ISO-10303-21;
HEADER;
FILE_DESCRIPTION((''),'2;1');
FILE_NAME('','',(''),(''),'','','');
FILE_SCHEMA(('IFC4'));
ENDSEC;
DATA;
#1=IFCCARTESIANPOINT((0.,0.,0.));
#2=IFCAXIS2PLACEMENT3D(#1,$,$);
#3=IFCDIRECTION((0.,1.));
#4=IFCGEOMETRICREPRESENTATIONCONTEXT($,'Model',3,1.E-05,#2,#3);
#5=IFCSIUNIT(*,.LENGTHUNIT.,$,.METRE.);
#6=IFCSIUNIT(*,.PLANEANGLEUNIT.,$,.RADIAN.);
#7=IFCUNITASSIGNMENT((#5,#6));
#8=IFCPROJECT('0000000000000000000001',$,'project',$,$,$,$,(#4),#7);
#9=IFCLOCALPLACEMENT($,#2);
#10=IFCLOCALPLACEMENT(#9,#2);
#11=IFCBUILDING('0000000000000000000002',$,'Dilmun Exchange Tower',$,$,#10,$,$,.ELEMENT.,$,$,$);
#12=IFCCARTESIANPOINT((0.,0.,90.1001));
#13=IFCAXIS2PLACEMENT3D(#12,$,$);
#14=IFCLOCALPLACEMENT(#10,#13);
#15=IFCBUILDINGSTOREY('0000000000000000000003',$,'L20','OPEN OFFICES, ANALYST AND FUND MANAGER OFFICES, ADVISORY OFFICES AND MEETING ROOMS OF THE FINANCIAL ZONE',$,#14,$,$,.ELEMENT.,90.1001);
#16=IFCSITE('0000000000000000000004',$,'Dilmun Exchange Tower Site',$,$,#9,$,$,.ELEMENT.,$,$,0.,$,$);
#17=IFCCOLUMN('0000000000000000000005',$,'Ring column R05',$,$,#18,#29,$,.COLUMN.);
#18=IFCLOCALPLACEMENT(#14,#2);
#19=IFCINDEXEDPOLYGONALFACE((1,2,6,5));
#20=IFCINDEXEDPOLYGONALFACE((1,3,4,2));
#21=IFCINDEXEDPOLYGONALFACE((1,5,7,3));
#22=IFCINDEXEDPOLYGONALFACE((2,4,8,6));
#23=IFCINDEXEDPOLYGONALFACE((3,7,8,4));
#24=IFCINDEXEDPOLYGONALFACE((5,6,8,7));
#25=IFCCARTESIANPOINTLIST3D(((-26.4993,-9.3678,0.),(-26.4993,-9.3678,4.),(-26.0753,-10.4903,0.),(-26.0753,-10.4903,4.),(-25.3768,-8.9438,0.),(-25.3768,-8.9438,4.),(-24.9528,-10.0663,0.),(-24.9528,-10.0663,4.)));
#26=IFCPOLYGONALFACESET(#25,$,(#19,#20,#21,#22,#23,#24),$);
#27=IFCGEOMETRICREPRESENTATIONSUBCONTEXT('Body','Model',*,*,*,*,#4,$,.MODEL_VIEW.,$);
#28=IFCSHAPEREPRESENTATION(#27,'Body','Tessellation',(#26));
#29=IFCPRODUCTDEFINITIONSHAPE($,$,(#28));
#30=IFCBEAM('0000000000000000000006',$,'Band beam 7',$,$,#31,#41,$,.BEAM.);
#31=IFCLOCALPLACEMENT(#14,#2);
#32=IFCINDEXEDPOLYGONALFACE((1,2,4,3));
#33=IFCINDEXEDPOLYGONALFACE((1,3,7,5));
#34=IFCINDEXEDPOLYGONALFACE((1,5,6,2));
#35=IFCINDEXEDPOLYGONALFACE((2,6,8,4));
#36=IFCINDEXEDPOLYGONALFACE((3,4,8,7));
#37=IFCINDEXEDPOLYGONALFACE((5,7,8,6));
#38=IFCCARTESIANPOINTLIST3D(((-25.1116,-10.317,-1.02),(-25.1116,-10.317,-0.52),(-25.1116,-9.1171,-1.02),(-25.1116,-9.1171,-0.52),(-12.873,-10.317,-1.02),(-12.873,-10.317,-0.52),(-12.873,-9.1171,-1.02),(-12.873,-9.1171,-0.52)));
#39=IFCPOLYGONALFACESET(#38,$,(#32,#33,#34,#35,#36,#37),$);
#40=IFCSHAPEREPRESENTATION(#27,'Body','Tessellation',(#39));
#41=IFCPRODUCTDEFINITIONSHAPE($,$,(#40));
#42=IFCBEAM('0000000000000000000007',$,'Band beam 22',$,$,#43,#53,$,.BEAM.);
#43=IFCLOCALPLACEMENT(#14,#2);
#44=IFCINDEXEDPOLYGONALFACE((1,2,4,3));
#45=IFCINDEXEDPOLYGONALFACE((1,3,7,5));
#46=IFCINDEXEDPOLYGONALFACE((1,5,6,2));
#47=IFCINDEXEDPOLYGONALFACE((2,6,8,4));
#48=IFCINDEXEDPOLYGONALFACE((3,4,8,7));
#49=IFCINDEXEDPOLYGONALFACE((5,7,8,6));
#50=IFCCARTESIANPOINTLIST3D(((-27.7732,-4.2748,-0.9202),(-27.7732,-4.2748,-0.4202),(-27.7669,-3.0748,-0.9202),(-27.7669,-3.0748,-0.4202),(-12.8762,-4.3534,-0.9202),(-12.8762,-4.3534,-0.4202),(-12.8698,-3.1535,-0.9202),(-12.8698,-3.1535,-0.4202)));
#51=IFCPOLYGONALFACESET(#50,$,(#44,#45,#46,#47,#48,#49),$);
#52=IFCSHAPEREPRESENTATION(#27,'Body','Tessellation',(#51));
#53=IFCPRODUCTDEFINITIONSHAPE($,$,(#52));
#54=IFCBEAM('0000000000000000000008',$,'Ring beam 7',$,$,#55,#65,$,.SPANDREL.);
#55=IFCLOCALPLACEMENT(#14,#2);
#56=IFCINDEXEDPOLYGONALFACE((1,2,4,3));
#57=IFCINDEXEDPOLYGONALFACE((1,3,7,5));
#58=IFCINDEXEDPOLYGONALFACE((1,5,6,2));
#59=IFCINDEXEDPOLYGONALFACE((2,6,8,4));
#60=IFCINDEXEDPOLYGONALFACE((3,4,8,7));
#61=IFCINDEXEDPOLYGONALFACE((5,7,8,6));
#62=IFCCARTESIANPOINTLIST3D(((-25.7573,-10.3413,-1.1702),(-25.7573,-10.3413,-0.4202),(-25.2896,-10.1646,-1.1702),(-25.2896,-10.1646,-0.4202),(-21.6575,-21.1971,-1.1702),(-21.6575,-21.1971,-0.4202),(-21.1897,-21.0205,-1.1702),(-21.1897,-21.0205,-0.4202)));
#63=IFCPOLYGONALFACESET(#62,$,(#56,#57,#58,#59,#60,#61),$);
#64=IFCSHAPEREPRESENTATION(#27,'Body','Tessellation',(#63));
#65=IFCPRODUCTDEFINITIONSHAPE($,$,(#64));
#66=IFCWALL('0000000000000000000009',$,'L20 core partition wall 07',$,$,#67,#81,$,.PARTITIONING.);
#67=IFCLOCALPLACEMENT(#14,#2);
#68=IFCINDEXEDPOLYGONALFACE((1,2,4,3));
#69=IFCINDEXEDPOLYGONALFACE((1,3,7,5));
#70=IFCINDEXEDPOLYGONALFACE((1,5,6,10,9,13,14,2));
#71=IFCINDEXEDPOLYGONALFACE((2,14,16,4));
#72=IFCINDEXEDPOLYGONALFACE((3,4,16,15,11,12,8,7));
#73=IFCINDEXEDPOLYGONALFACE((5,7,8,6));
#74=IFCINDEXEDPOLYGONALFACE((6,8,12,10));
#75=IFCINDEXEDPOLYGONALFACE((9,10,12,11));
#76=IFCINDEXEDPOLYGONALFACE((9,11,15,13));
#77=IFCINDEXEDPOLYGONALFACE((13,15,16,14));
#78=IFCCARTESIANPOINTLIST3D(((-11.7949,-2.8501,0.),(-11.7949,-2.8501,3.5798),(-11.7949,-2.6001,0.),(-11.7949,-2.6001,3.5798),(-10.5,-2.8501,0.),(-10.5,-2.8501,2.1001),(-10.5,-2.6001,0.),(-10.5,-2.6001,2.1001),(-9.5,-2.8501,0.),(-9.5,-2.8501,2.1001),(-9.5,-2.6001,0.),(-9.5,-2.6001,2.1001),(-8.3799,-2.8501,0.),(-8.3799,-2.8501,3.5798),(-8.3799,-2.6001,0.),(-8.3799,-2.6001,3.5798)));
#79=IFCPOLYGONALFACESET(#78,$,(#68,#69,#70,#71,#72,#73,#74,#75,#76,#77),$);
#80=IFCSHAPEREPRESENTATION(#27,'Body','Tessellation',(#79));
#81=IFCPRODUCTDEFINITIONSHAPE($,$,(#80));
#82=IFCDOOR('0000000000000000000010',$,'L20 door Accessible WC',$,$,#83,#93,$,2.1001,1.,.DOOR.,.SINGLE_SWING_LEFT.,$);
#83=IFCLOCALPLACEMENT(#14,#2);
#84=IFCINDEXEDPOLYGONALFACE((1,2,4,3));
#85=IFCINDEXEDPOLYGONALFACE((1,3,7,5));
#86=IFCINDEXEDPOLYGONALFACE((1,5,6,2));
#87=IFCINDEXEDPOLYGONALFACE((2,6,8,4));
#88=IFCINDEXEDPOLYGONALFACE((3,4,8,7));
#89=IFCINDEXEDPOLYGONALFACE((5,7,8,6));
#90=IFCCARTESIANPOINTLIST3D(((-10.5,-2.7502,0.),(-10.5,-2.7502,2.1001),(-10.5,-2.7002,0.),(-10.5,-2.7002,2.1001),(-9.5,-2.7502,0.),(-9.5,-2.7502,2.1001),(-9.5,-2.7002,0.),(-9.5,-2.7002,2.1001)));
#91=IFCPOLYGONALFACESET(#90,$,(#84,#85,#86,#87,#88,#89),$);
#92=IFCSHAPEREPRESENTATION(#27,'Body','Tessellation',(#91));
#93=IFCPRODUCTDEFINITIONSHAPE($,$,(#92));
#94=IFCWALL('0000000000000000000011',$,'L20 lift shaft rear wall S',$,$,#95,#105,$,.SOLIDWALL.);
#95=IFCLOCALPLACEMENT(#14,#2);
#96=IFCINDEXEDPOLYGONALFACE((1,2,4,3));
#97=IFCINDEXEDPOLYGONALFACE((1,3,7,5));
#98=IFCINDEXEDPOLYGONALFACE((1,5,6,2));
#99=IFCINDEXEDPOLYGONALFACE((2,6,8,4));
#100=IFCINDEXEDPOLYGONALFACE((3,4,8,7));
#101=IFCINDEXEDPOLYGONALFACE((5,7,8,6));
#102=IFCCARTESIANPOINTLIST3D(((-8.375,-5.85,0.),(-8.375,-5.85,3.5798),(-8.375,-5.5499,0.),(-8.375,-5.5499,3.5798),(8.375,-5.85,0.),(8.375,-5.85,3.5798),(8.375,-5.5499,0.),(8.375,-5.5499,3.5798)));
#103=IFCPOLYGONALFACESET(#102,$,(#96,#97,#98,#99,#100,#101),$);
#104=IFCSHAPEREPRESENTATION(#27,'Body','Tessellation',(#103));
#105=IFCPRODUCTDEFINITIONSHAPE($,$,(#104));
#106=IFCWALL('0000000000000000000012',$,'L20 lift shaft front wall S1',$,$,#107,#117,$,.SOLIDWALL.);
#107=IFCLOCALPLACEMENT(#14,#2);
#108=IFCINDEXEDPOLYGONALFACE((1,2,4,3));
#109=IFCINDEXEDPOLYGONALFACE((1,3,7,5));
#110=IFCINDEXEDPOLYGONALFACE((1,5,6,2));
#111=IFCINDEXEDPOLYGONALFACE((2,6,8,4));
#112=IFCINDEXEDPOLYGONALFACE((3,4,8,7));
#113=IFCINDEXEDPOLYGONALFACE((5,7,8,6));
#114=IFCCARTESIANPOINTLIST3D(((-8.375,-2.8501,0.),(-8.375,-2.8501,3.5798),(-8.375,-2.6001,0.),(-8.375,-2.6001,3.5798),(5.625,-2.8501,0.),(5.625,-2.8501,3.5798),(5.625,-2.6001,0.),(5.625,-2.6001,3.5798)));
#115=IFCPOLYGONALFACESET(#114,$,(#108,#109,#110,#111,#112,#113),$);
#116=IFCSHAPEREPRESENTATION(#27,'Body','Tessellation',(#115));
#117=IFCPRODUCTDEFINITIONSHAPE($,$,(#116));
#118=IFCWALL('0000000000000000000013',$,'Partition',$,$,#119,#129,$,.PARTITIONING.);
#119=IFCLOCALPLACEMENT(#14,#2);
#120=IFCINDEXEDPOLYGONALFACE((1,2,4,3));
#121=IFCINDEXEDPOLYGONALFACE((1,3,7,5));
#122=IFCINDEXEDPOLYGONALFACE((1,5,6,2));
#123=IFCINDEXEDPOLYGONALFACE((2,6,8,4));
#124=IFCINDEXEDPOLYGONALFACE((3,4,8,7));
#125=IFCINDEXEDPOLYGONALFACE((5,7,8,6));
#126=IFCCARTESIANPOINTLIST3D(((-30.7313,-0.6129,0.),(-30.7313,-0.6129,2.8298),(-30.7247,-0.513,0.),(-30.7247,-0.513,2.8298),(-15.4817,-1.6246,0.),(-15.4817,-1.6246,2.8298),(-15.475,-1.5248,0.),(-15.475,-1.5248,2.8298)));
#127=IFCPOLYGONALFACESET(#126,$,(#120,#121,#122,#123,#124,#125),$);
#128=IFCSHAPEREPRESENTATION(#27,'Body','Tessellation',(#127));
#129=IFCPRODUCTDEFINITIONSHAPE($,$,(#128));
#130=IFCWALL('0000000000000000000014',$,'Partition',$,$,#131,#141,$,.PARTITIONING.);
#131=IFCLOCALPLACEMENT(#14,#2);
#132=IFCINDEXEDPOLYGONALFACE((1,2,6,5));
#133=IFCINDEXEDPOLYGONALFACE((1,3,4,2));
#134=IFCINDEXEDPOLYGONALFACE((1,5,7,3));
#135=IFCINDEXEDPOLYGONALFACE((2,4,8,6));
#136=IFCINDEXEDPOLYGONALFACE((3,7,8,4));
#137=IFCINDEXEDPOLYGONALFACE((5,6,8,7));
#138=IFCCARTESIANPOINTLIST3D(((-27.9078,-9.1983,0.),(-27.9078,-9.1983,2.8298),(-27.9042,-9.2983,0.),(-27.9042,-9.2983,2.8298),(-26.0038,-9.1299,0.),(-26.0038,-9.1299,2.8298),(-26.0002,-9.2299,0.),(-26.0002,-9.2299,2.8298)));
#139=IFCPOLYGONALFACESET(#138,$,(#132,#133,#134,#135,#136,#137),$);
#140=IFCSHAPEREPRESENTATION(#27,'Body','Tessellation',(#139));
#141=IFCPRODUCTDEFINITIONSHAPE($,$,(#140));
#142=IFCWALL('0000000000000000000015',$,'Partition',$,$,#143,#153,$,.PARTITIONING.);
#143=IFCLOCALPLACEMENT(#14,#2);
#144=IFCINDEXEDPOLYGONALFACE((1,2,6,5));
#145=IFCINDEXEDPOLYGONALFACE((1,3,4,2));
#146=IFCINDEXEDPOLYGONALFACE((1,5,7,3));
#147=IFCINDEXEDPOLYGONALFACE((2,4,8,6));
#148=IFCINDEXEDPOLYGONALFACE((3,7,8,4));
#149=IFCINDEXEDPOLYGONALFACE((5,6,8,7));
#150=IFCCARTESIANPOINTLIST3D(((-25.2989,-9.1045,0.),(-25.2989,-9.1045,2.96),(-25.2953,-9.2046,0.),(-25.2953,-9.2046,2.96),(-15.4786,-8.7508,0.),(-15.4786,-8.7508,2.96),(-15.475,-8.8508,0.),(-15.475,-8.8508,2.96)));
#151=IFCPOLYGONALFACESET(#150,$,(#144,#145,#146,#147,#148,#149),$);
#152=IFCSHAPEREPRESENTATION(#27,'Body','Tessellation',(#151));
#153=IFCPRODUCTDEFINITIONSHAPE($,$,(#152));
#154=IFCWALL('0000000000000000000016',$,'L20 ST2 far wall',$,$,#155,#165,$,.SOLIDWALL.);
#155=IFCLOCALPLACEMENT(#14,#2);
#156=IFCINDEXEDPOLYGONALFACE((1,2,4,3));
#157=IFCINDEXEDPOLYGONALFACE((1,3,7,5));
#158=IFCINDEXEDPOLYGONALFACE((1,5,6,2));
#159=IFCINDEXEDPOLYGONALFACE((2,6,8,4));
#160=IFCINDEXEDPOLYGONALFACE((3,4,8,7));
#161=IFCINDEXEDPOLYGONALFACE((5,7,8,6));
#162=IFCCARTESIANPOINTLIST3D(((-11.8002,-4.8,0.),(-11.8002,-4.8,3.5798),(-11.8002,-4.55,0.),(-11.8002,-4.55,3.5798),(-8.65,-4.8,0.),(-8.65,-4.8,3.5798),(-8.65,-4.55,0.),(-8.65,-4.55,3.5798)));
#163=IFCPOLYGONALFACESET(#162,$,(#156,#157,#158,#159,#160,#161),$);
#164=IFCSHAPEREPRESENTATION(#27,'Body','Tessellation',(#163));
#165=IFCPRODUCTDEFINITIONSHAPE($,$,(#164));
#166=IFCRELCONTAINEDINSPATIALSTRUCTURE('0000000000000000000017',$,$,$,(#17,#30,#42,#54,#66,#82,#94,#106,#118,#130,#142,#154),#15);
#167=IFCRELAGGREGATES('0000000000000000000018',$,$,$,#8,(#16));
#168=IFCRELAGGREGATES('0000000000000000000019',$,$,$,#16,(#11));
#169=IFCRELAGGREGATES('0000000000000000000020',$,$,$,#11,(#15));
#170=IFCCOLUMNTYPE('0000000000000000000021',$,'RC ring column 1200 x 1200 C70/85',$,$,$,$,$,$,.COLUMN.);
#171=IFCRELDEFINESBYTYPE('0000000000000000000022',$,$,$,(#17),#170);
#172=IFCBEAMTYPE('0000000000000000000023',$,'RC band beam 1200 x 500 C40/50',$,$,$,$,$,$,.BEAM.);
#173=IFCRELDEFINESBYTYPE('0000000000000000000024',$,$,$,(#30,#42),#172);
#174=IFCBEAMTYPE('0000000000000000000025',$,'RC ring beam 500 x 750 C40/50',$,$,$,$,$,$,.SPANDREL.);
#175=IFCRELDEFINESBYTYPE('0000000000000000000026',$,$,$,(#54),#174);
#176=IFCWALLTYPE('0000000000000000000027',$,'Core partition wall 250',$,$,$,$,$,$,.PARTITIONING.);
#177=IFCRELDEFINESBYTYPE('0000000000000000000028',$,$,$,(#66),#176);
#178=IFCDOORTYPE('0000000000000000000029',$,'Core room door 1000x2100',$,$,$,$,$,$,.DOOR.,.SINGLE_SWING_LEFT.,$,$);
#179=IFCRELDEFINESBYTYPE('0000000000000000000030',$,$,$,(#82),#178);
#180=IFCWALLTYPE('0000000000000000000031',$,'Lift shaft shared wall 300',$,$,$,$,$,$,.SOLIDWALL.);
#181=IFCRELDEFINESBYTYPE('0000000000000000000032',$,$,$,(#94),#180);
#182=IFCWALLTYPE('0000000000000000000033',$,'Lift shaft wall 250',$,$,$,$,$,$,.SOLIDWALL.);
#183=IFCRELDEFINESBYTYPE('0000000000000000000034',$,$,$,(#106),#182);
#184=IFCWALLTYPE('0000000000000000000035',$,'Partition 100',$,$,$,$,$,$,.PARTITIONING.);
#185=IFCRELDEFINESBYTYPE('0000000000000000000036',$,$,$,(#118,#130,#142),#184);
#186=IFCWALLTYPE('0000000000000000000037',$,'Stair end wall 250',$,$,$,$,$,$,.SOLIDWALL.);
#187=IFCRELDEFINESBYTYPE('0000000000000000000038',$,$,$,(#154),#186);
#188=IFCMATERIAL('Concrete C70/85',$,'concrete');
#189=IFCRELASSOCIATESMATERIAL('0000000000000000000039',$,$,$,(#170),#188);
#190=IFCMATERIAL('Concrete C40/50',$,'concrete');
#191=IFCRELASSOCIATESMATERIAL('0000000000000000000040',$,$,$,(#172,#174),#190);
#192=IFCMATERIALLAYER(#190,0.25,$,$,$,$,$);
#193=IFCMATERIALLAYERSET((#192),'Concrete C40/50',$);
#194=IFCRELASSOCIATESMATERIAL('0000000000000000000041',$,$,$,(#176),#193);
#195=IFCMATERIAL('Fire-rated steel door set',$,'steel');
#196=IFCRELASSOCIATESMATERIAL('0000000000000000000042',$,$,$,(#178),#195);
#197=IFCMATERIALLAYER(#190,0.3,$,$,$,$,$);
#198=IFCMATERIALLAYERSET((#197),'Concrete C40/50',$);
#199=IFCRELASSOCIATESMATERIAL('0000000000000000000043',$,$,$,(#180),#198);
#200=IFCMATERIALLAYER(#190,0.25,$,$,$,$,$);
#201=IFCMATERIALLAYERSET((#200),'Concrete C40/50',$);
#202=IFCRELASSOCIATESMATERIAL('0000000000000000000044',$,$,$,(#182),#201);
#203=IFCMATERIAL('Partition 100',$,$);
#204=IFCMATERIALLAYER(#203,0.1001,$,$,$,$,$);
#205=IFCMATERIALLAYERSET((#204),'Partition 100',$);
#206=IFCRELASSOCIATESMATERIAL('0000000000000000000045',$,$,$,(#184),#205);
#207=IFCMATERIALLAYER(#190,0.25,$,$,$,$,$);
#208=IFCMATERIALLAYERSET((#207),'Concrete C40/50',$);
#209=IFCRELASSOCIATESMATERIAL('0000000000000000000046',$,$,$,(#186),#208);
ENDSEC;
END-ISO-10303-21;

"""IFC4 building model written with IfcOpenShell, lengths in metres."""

from ifc_helpers import new_model, si_unit, direction, frame, frame_2d, origin, origin_2d, place, context, subcontext, project, spatial, rectangle, extrude, material, layer, layer_set, material_profile, profile_set, type_object, element, fill, save


model = new_model("IFC4")

# Units and contexts
model_context = context("Model", 3, precision=1e-05, world=origin(), true_north=direction((0.0, 1.0)))
body_context = subcontext(model_context, "Body", "Model", "MODEL_VIEW")
ifc_project = project(units=[si_unit("LENGTHUNIT", "METRE"), si_unit("PLANEANGLEUNIT", "RADIAN")], contexts=[model_context])

# Site, building, storey
site_placement = place(None, origin())
site = spatial("IfcSite", under=ifc_project, at=site_placement, Name="Dilmun Exchange Tower Site", CompositionType="ELEMENT", RefElevation=0.0)
building_placement = place(site_placement, origin())
building = spatial("IfcBuilding", under=site, at=building_placement, Name="Dilmun Exchange Tower", CompositionType="ELEMENT")
storey_placement = place(building_placement, frame((0.0, 0.0, 90.1001)))
storey = spatial("IfcBuildingStorey", under=building, at=storey_placement, Name="L20", Description="OPEN OFFICES, ANALYST AND FUND MANAGER OFFICES, ADVISORY OFFICES AND MEETING ROOMS OF THE FINANCIAL ZONE", CompositionType="ELEMENT", Elevation=90.1001)

# Column
ifc_material_1 = material(Name="Concrete C70/85", Category="concrete")
ifc_material_profile_1 = material_profile(ifc_material_1, rectangle(XDim=1.2, YDim=1.2, at=origin_2d()), Name="1200 x 1200")
ifc_profile_set_1 = profile_set([ifc_material_profile_1], Name="Concrete C70/85")
column_type = type_object("IfcColumnType", Name="RC ring column 1200 x 1200 C70/85", PredefinedType="COLUMN", material=ifc_profile_set_1)
column_placement = place(storey_placement, frame((-25.7261, -9.717, 0.0), z_axis=(0.0, 0.0, 1.0), x_axis=(0.935492, 0.353349, 0.0)))
element("IfcColumn", 1, at=column_placement, inside=storey, type_object=column_type, Name="Ring column R05", PredefinedType="COLUMN", context=body_context, shape_type="SweptSolid", body=[
    extrude(rectangle(XDim=1.2, YDim=1.2, at=origin_2d()), origin(), (0.0, 0.0, 1.0), 4.0),
])

# Beams
ifc_material_2 = material(Name="Concrete C40/50", Category="concrete")
ifc_material_profile_2 = material_profile(ifc_material_2, rectangle(XDim=1.2, YDim=0.5, at=origin_2d()), Name="1200 x 500")
ifc_profile_set_2 = profile_set([ifc_material_profile_2], Name="Concrete C40/50")
beam_type_1 = type_object("IfcBeamType", Name="RC band beam 1200 x 500 C40/50", PredefinedType="BEAM", material=ifc_profile_set_2)
beam_1_placement = place(storey_placement, frame((-25.1116, -9.717, -0.77), z_axis=(1.0, 0.0, 0.0), x_axis=(0.0, 1.0, 0.0)))
element("IfcBeam", 2, at=beam_1_placement, inside=storey, type_object=beam_type_1, Name="Band beam 7", PredefinedType="BEAM", context=body_context, shape_type="SweptSolid", body=[
    extrude(rectangle(XDim=1.2, YDim=0.5, at=origin_2d()), origin(), (0.0, 0.0, 1.0), 12.2385),
])
beam_2_placement = place(storey_placement, frame((-27.77, -3.6748, -0.6702), z_axis=(0.999986, -0.005277, 0.0), x_axis=(0.005277, 0.999986, 0.0)))
element("IfcBeam", 3, at=beam_2_placement, inside=storey, type_object=beam_type_1, Name="Band beam 22", PredefinedType="BEAM", context=body_context, shape_type="SweptSolid", body=[
    extrude(rectangle(XDim=1.2, YDim=0.5, at=origin_2d()), origin(), (0.0, 0.0, 1.0), 14.8972),
])
ifc_material_profile_3 = material_profile(ifc_material_2, rectangle(XDim=0.5, YDim=0.75, at=origin_2d()), Name="500 x 750")
ifc_profile_set_3 = profile_set([ifc_material_profile_3], Name="Concrete C40/50")
beam_type_2 = type_object("IfcBeamType", Name="RC ring beam 500 x 750 C40/50", PredefinedType="SPANDREL", material=ifc_profile_set_3)
beam_3_placement = place(storey_placement, frame((-25.5234, -10.2529, -0.7952), z_axis=(0.353304, -0.935509, 0.0), x_axis=(0.935509, 0.353304, 0.0)))
element("IfcBeam", 4, at=beam_3_placement, inside=storey, type_object=beam_type_2, Name="Ring beam 7", PredefinedType="SPANDREL", context=body_context, shape_type="SweptSolid", body=[
    extrude(rectangle(XDim=0.5, YDim=0.75, at=origin_2d()), origin(), (0.0, 0.0, 1.0), 11.6042),
])

# Wall, opening, door
ifc_layer_1 = layer(ifc_material_2, 0.25)
ifc_layer_set_1 = layer_set([ifc_layer_1], Name="Concrete C40/50")
wall_type_1 = type_object("IfcWallType", Name="Core partition wall 250", PredefinedType="PARTITIONING", material=ifc_layer_set_1)
wall_1_placement = place(storey_placement, frame((-11.7949, -2.7251, 0.0), z_axis=(0.0, 0.0, 1.0), x_axis=(1.0, 0.0, 0.0)))
wall_1 = element("IfcWall", 5, at=wall_1_placement, inside=storey, type_object=wall_type_1, Name="L20 core partition wall 07", PredefinedType="PARTITIONING", context=body_context, shape_type="SweptSolid", body=[
    extrude(rectangle(XDim=3.415, YDim=0.25, at=frame_2d((1.7075, 0.0))), origin(), (0.0, 0.0, 1.0), 3.5798),
])
opening_1_placement = place(wall_1_placement, frame((1.2949, 0.0, 0.0)))
opening_1 = element("IfcOpeningElement", 6, at=opening_1_placement, cuts=wall_1, PredefinedType="OPENING", context=body_context, shape_type="SweptSolid", body=[
    extrude(rectangle(XDim=1.0, YDim=2.1001, at=frame_2d((0.5, 1.05))), frame((0.0, 0.135, 0.0), z_axis=(0.0, -1.0, 0.0), x_axis=(1.0, 0.0, 0.0)), (0.0, 0.0, 1.0), 0.27),
])
ifc_material_3 = material(Name="Fire-rated steel door set", Category="steel")
door_type = type_object("IfcDoorType", Name="Core room door 1000x2100", OperationType="SINGLE_SWING_LEFT", PredefinedType="DOOR", material=ifc_material_3)
door_1_placement = place(opening_1_placement, origin())
door_1 = element("IfcDoor", 7, at=door_1_placement, inside=storey, type_object=door_type, Name="L20 door Accessible WC", OperationType="SINGLE_SWING_LEFT", OverallHeight=2.1001, OverallWidth=1.0, PredefinedType="DOOR", context=body_context, shape_type="SweptSolid", body=[
    extrude(rectangle(XDim=1.0, YDim=2.1001, at=frame_2d((0.5, 1.05))), frame((0.0, 0.0249, 0.0), z_axis=(0.0, -1.0, 0.0), x_axis=(1.0, 0.0, 0.0)), (0.0, 0.0, 1.0), 0.05),
])
fill(opening_1, door_1)

# Walls
ifc_layer_2 = layer(ifc_material_2, 0.3)
ifc_layer_set_2 = layer_set([ifc_layer_2], Name="Concrete C40/50")
wall_type_2 = type_object("IfcWallType", Name="Lift shaft shared wall 300", PredefinedType="SOLIDWALL", material=ifc_layer_set_2)
wall_2_placement = place(storey_placement, frame((-8.375, -5.7, 0.0), z_axis=(0.0, 0.0, 1.0), x_axis=(1.0, 0.0, 0.0)))
element("IfcWall", 8, at=wall_2_placement, inside=storey, type_object=wall_type_2, Name="L20 lift shaft rear wall S", PredefinedType="SOLIDWALL", context=body_context, shape_type="SweptSolid", body=[
    extrude(rectangle(XDim=16.75, YDim=0.3, at=frame_2d((8.375, 0.0))), origin(), (0.0, 0.0, 1.0), 3.5798),
])
ifc_layer_3 = layer(ifc_material_2, 0.25)
ifc_layer_set_3 = layer_set([ifc_layer_3], Name="Concrete C40/50")
wall_type_3 = type_object("IfcWallType", Name="Lift shaft wall 250", PredefinedType="SOLIDWALL", material=ifc_layer_set_3)
wall_3_placement = place(storey_placement, frame((-8.375, -2.7251, 0.0), z_axis=(0.0, 0.0, 1.0), x_axis=(1.0, 0.0, 0.0)))
element("IfcWall", 9, at=wall_3_placement, inside=storey, type_object=wall_type_3, Name="L20 lift shaft front wall S1", PredefinedType="SOLIDWALL", context=body_context, shape_type="SweptSolid", body=[
    extrude(rectangle(XDim=14.0, YDim=0.25, at=frame_2d((7.0, 0.0))), origin(), (0.0, 0.0, 1.0), 3.5798),
])
ifc_material_4 = material(Name="Partition 100")
ifc_layer_4 = layer(ifc_material_4, 0.1001)
ifc_layer_set_4 = layer_set([ifc_layer_4], Name="Partition 100")
wall_type_4 = type_object("IfcWallType", Name="Partition 100", PredefinedType="PARTITIONING", material=ifc_layer_set_4)
wall_4_placement = place(storey_placement, frame((-30.728, -0.563, 0.0), z_axis=(0.0, 0.0, 1.0), x_axis=(0.997807, -0.066198, 0.0)))
element("IfcWall", 10, at=wall_4_placement, inside=storey, type_object=wall_type_4, Name="Partition", PredefinedType="PARTITIONING", context=body_context, shape_type="SweptSolid", body=[
    extrude(rectangle(XDim=15.2832, YDim=0.1001, at=frame_2d((7.6416, 0.0))), origin(), (0.0, 0.0, 1.0), 2.8298),
])
wall_5_placement = place(storey_placement, frame((-27.906, -9.2483, 0.0), z_axis=(0.0, 0.0, 1.0), x_axis=(0.999356, 0.035879, 0.0)))
element("IfcWall", 11, at=wall_5_placement, inside=storey, type_object=wall_type_4, Name="Partition", PredefinedType="PARTITIONING", context=body_context, shape_type="SweptSolid", body=[
    extrude(rectangle(XDim=1.9053, YDim=0.1001, at=frame_2d((0.9526, 0.0))), origin(), (0.0, 0.0, 1.0), 2.8298),
])
wall_6_placement = place(storey_placement, frame((-25.2971, -9.1545, 0.0), z_axis=(0.0, 0.0, 1.0), x_axis=(0.999352, 0.036, 0.0)))
element("IfcWall", 12, at=wall_6_placement, inside=storey, type_object=wall_type_4, Name="Partition", PredefinedType="PARTITIONING", context=body_context, shape_type="SweptSolid", body=[
    extrude(rectangle(XDim=9.8267, YDim=0.1001, at=frame_2d((4.9133, 0.0))), origin(), (0.0, 0.0, 1.0), 2.96),
])
ifc_layer_5 = layer(ifc_material_2, 0.25)
ifc_layer_set_5 = layer_set([ifc_layer_5], Name="Concrete C40/50")
wall_type_5 = type_object("IfcWallType", Name="Stair end wall 250", PredefinedType="SOLIDWALL", material=ifc_layer_set_5)
wall_7_placement = place(storey_placement, frame((-8.6499, -4.675, 0.0), z_axis=(0.0, 0.0, 1.0), x_axis=(-1.0, 0.0, 0.0)))
element("IfcWall", 13, at=wall_7_placement, inside=storey, type_object=wall_type_5, Name="L20 ST2 far wall", PredefinedType="SOLIDWALL", context=body_context, shape_type="SweptSolid", body=[
    extrude(rectangle(XDim=3.1501, YDim=0.25, at=frame_2d((1.5752, 0.0))), origin(), (0.0, 0.0, 1.0), 3.5798),
])

save(model, "model.ifc")
